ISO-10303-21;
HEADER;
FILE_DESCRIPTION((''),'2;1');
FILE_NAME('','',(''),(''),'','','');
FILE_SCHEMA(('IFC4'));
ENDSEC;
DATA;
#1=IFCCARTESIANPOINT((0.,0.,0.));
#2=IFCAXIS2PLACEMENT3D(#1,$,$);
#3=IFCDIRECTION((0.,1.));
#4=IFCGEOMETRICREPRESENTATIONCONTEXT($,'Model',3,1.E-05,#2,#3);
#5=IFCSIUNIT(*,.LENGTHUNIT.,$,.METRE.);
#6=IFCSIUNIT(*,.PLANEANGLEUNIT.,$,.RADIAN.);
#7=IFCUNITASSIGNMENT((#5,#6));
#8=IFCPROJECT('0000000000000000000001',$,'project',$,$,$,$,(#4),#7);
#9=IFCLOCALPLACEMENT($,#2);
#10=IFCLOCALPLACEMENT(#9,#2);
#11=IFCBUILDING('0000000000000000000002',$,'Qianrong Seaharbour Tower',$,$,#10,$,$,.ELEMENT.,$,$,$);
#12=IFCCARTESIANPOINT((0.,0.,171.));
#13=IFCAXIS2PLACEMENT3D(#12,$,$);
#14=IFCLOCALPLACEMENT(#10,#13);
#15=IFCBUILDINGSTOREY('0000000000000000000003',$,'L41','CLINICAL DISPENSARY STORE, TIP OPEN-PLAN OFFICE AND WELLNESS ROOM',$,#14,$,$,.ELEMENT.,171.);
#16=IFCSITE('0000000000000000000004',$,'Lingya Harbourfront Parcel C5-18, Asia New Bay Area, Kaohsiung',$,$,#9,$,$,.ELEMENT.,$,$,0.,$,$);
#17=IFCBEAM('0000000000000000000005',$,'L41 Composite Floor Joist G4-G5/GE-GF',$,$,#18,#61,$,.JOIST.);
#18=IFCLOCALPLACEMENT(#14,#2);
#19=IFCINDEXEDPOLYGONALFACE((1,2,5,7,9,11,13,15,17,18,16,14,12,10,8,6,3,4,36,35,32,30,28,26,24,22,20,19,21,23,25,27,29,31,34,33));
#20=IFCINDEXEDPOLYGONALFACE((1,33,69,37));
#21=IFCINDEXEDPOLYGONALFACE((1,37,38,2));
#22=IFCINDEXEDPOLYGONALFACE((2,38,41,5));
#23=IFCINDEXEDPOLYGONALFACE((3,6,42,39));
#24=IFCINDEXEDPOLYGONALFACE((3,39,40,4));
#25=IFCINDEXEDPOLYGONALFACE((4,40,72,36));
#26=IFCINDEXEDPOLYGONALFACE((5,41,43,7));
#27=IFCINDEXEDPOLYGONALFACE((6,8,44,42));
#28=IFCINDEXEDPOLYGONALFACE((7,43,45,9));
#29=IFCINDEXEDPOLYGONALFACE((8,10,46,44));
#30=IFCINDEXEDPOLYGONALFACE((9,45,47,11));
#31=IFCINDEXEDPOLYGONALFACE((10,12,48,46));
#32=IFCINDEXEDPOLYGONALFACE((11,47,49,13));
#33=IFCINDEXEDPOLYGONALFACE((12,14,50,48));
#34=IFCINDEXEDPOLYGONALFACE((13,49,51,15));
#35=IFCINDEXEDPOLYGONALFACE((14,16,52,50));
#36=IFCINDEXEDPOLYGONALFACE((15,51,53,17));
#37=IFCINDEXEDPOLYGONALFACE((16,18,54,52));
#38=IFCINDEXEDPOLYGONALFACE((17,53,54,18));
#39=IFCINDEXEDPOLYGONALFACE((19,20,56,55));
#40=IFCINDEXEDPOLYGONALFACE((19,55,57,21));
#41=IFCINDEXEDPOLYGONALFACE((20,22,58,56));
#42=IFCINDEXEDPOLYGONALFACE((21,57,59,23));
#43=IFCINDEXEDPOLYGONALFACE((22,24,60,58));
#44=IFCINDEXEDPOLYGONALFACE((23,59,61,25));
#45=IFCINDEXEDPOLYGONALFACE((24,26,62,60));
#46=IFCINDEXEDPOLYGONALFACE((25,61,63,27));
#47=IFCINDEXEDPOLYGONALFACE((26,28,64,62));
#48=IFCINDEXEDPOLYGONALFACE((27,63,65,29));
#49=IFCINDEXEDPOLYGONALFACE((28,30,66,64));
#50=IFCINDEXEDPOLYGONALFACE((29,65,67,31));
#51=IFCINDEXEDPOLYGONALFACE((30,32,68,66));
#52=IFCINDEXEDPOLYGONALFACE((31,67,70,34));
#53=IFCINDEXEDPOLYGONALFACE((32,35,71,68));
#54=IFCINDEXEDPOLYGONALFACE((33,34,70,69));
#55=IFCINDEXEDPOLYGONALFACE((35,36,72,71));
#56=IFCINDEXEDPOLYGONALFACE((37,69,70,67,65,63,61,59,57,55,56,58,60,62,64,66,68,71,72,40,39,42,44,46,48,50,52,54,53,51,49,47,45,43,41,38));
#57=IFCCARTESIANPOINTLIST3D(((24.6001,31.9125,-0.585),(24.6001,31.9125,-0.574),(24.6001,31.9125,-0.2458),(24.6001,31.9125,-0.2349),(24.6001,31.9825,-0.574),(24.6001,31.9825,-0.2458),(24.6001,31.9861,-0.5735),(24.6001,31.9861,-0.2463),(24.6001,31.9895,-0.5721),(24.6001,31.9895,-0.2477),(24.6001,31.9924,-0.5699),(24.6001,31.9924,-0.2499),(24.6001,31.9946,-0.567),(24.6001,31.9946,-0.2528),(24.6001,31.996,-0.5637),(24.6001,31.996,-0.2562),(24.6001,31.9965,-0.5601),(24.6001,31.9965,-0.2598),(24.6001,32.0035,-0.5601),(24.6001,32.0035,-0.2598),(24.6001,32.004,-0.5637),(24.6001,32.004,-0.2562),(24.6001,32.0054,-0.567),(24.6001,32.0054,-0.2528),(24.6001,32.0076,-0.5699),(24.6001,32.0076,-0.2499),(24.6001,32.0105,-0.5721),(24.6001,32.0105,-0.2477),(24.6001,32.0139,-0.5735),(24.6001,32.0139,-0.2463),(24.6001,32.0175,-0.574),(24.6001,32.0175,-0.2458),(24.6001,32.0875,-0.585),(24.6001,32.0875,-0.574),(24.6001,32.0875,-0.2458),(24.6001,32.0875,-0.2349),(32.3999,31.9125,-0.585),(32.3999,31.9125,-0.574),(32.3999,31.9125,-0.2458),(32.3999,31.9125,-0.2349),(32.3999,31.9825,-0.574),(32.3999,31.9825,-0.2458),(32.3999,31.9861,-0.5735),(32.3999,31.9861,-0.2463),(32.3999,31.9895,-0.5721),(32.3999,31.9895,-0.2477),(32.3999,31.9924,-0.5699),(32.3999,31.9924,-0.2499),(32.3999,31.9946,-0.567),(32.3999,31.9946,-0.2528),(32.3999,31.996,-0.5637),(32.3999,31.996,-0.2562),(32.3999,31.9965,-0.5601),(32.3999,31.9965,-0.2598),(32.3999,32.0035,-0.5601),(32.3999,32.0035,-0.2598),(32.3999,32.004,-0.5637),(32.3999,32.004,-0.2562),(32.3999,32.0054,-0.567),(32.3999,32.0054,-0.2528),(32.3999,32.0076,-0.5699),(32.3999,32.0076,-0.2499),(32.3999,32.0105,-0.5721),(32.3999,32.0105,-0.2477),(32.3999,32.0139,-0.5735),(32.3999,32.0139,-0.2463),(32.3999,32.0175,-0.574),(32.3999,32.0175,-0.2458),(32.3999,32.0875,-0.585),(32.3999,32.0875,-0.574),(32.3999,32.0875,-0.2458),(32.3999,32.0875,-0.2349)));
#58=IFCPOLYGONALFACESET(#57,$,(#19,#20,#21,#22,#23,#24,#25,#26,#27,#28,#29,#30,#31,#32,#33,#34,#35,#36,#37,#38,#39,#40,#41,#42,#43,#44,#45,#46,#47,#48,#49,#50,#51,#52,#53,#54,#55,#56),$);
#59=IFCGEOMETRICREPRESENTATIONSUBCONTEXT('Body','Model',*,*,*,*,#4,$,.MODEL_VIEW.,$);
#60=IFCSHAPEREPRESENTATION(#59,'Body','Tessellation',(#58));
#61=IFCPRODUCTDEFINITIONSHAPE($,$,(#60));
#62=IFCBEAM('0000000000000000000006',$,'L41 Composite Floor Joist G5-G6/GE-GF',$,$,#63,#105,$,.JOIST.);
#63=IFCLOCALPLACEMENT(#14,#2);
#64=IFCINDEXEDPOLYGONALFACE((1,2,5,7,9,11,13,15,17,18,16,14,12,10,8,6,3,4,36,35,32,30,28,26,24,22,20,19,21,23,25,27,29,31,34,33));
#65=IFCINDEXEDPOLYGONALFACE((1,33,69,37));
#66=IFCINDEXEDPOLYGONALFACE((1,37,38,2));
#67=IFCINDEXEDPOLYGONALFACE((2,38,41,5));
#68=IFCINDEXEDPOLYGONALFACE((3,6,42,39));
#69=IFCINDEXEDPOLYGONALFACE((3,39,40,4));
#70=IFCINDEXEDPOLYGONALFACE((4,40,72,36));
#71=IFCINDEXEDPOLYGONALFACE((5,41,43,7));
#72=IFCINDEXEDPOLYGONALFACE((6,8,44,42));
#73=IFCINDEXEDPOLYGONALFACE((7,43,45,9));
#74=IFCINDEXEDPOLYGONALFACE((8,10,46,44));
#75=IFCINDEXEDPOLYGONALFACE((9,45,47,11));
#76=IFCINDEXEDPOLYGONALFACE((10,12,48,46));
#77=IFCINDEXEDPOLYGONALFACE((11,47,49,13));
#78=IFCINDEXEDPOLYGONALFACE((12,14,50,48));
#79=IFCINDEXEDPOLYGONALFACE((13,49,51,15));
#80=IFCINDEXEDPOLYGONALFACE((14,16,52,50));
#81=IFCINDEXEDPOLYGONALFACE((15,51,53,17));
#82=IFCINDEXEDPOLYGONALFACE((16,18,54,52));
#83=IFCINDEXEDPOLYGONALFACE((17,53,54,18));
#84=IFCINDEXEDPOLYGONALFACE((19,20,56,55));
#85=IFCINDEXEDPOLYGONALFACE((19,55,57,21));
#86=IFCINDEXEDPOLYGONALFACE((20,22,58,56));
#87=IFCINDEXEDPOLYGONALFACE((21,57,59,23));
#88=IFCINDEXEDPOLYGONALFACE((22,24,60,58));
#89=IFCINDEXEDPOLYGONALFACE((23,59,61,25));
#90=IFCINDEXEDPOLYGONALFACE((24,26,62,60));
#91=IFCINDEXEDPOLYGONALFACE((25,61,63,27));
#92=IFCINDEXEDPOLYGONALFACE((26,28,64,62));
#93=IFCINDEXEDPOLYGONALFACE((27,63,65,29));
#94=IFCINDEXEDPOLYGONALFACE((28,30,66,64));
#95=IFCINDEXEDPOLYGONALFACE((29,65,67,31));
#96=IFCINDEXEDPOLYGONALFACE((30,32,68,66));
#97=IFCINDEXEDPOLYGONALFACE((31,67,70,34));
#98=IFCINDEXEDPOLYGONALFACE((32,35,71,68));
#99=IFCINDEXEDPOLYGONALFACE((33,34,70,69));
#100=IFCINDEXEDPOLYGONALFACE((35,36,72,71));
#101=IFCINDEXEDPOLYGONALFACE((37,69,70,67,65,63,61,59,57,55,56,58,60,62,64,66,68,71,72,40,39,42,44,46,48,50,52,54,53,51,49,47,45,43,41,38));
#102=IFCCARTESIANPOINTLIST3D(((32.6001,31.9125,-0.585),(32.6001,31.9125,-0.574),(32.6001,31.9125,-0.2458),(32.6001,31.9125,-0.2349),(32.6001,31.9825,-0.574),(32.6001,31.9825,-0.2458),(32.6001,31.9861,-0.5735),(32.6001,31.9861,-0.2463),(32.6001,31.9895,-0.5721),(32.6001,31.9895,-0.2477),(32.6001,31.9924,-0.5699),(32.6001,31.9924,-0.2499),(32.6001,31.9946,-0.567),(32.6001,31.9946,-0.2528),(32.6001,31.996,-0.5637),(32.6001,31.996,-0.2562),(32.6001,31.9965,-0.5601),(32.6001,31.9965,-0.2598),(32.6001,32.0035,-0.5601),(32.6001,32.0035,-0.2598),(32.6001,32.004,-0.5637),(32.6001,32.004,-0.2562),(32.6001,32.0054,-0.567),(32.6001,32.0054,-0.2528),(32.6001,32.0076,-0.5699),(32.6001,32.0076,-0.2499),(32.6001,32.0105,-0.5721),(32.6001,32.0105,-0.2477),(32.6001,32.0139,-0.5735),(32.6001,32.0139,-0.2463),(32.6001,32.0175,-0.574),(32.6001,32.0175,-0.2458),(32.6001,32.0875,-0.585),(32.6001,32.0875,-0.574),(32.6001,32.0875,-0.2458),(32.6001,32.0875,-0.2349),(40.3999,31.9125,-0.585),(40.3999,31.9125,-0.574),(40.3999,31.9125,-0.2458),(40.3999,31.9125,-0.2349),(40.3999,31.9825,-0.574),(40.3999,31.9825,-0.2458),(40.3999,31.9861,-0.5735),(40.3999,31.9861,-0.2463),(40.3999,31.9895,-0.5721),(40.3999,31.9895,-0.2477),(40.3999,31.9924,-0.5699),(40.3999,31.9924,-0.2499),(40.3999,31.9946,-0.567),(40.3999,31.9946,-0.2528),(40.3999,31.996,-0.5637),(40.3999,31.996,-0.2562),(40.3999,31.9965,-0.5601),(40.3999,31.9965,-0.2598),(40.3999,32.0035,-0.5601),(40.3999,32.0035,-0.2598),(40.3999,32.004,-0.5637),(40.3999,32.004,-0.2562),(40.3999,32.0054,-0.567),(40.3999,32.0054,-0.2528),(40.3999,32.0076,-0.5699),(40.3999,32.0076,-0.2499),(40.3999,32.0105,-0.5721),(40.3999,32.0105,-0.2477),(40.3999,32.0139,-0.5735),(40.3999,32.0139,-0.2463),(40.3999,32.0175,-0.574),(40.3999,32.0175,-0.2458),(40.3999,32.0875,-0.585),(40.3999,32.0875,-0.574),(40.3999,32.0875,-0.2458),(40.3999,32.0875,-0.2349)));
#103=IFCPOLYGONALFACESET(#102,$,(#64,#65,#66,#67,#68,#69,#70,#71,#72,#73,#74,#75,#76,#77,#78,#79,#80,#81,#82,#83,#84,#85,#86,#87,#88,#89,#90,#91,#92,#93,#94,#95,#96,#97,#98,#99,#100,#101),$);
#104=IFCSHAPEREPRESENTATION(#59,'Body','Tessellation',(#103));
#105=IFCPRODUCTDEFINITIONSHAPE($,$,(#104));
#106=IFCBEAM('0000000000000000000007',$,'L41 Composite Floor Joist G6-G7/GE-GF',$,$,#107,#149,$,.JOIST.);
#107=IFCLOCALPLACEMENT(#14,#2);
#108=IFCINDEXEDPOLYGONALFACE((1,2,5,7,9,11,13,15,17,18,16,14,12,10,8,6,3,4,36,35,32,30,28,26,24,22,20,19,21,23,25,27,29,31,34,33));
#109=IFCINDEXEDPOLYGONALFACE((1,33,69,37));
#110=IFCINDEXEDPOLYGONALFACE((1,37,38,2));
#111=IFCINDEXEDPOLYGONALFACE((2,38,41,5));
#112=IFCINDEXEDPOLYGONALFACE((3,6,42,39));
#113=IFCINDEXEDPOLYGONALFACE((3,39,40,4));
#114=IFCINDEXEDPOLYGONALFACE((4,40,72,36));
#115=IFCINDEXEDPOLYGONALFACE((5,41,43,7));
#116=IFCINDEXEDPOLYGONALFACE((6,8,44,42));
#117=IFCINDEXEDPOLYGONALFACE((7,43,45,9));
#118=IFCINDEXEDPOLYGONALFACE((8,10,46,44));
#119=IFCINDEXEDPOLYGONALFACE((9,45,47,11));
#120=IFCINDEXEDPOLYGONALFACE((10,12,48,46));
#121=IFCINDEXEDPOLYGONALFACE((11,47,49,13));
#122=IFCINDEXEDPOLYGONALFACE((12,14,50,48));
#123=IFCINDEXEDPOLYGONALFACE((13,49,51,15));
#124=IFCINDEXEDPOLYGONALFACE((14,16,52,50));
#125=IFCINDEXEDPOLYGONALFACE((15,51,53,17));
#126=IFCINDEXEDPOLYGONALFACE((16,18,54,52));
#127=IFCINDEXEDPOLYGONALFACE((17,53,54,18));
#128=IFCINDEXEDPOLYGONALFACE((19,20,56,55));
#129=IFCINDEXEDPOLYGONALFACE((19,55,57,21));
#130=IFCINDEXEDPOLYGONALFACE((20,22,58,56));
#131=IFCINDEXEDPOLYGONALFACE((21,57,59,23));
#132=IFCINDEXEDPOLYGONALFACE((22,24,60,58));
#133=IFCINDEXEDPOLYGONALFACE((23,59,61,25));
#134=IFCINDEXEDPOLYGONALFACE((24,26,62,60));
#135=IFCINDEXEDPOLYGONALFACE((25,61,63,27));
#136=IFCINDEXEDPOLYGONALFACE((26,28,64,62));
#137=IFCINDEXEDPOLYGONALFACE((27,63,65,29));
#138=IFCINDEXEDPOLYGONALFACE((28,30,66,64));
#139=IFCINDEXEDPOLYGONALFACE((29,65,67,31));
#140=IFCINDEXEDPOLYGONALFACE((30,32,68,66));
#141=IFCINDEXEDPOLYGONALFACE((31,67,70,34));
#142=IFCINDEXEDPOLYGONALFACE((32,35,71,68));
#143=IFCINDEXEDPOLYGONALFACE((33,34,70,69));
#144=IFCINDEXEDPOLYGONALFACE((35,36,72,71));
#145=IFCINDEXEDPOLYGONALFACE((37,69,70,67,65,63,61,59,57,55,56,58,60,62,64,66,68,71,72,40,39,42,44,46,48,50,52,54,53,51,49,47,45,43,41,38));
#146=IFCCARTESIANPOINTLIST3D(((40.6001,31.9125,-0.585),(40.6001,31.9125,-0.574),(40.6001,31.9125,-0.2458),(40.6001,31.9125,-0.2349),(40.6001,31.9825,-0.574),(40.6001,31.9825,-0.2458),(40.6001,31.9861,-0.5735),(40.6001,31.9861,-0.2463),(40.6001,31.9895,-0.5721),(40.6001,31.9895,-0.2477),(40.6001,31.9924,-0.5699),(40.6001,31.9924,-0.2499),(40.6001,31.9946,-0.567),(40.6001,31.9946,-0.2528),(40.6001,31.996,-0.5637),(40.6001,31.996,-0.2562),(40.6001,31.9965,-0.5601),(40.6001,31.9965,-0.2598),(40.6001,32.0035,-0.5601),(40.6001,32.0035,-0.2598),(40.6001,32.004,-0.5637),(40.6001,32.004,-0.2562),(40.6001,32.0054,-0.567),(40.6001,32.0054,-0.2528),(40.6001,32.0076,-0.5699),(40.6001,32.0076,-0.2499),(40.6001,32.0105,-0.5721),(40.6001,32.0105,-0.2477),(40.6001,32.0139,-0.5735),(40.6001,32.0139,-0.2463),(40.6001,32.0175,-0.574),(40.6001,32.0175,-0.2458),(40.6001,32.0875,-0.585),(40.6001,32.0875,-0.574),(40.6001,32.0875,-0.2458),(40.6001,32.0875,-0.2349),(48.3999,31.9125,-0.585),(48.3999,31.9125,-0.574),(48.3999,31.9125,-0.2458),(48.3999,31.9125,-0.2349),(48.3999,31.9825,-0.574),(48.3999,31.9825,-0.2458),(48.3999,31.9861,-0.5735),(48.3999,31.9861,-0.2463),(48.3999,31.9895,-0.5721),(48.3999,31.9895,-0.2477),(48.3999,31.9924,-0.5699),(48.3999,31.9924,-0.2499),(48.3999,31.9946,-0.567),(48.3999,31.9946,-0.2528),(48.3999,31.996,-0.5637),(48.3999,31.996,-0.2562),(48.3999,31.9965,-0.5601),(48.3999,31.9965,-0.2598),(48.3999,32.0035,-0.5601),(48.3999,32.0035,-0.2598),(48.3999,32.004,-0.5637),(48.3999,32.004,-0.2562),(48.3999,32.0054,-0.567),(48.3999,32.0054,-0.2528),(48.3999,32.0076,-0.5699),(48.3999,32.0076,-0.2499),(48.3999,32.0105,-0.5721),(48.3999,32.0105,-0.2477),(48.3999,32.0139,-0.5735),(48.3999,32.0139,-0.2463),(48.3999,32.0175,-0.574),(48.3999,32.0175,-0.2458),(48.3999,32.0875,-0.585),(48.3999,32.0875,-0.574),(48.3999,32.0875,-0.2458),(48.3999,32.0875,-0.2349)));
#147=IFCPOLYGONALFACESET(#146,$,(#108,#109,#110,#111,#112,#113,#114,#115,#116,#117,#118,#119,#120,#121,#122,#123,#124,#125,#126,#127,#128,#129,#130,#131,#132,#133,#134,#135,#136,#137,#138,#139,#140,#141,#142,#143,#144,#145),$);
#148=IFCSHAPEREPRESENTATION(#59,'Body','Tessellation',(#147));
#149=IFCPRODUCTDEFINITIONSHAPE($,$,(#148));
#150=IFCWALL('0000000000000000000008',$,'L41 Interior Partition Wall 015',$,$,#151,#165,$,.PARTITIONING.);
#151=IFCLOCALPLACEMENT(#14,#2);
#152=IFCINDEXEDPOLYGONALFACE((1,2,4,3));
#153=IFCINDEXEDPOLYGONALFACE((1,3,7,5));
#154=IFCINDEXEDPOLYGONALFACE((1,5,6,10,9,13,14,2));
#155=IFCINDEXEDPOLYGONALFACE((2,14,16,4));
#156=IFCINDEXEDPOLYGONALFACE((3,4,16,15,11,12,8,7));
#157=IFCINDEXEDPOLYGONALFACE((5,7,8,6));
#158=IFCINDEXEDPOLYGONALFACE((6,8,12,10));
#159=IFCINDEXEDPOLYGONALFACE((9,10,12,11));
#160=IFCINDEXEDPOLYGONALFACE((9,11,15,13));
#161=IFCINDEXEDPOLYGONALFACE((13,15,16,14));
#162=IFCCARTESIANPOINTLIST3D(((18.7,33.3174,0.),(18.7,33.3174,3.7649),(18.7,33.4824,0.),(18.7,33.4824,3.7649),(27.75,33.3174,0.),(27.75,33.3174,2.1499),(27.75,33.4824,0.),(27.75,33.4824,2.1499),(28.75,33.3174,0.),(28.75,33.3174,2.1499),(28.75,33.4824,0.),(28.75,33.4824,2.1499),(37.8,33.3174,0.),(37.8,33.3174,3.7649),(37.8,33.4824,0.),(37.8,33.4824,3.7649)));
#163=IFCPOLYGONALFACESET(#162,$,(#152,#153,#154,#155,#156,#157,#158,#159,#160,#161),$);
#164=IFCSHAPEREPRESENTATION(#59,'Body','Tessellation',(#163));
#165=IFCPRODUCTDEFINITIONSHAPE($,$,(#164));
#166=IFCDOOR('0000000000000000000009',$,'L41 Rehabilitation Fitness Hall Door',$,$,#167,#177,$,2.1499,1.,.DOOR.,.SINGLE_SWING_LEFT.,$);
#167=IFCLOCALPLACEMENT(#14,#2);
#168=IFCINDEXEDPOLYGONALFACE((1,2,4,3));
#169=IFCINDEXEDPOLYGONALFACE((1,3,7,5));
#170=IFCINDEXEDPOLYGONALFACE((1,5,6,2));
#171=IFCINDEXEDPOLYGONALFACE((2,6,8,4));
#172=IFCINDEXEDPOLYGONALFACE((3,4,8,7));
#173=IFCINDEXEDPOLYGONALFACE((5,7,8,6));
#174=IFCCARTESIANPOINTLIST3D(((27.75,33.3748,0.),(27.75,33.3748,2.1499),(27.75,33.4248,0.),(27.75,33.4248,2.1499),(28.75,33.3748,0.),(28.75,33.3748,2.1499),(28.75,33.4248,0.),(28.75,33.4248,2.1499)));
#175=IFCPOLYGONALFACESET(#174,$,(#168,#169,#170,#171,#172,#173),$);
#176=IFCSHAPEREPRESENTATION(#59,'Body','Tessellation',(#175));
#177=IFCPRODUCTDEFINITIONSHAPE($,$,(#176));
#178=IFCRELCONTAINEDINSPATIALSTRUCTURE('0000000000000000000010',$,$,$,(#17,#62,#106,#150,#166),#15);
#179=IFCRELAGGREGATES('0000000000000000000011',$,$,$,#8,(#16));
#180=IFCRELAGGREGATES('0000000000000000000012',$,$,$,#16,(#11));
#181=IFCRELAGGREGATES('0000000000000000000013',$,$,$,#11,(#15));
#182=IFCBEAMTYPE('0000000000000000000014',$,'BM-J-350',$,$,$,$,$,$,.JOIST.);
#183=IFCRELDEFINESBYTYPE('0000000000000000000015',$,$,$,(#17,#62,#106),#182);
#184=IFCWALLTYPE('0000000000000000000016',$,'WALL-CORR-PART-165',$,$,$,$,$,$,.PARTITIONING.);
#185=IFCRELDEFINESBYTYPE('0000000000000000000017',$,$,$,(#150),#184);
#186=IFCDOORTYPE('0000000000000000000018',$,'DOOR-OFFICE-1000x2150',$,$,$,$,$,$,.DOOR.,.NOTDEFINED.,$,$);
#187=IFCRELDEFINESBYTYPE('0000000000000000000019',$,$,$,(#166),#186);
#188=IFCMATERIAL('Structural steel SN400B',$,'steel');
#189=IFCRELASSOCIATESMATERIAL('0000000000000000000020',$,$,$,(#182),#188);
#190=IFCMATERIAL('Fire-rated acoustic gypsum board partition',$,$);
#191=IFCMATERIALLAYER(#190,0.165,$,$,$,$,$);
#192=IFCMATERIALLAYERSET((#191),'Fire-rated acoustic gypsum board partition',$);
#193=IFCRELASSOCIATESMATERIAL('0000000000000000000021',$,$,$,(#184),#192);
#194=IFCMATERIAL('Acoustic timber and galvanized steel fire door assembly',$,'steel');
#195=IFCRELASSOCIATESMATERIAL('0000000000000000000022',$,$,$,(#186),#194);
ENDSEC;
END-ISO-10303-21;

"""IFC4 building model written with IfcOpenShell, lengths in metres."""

from ifc_helpers import new_model, si_unit, direction, frame, frame_2d, origin, origin_2d, place, context, subcontext, project, spatial, rectangle, i_section, extrude, material, layer, layer_set, material_profile, profile_set, type_object, element, fill, save


model = new_model("IFC4")

# Units and contexts
model_context = context("Model", 3, precision=1e-05, world=origin(), true_north=direction((0.0, 1.0)))
body_context = subcontext(model_context, "Body", "Model", "MODEL_VIEW")
ifc_project = project(units=[si_unit("LENGTHUNIT", "METRE"), si_unit("PLANEANGLEUNIT", "RADIAN")], contexts=[model_context])

# Site, building, storey
site_placement = place(None, origin())
site = spatial("IfcSite", under=ifc_project, at=site_placement, Name="Lingya Harbourfront Parcel C5-18, Asia New Bay Area, Kaohsiung", CompositionType="ELEMENT", RefElevation=0.0)
building_placement = place(site_placement, origin())
building = spatial("IfcBuilding", under=site, at=building_placement, Name="Qianrong Seaharbour Tower", CompositionType="ELEMENT")
storey_placement = place(building_placement, frame((0.0, 0.0, 171.0)))
storey = spatial("IfcBuildingStorey", under=building, at=storey_placement, Name="L41", Description="CLINICAL DISPENSARY STORE, TIP OPEN-PLAN OFFICE AND WELLNESS ROOM", CompositionType="ELEMENT", Elevation=171.0)

# Beams
ifc_material_1 = material(Name="Structural steel SN400B", Category="steel")
ifc_material_profile_1 = material_profile(ifc_material_1, i_section(OverallWidth=0.175, OverallDepth=0.3501, WebThickness=0.0071, FlangeThickness=0.011, FilletRadius=0.0139, at=origin_2d()), Name="H350x175x7x11")
ifc_profile_set_1 = profile_set([ifc_material_profile_1], Name="Structural steel SN400B")
beam_type_1 = type_object("IfcBeamType", Name="BM-J-350", PredefinedType="JOIST", material=ifc_profile_set_1)
for number, where, z_axis, x_axis, name in (
    (1, (24.6001, 32.0, -0.4099), (1.0, 0.0, 0.0), (0.0, 1.0, 0.0), "L41 Composite Floor Joist G4-G5/GE-GF"),
    (2, (32.6001, 32.0, -0.4099), (1.0, 0.0, 0.0), (0.0, 1.0, 0.0), "L41 Composite Floor Joist G5-G6/GE-GF"),
    (3, (40.6001, 32.0, -0.4099), (1.0, 0.0, 0.0), (0.0, 1.0, 0.0), "L41 Composite Floor Joist G6-G7/GE-GF"),
):
    element("IfcBeam", number, at=place(storey_placement, frame(where, z_axis=z_axis, x_axis=x_axis)), inside=storey, type_object=beam_type_1, Name=name, PredefinedType="JOIST", context=body_context, shape_type="SweptSolid", body=[
        extrude(i_section(OverallWidth=0.175, OverallDepth=0.3501, WebThickness=0.0071, FlangeThickness=0.011, FilletRadius=0.0139, at=origin_2d()), origin(), (0.0, 0.0, 1.0), 7.7998),
    ])

# Wall, opening, door
ifc_material_2 = material(Name="Fire-rated acoustic gypsum board partition")
ifc_layer_1 = layer(ifc_material_2, 0.165)
ifc_layer_set_1 = layer_set([ifc_layer_1], Name="Fire-rated acoustic gypsum board partition")
wall_type_1 = type_object("IfcWallType", Name="WALL-CORR-PART-165", PredefinedType="PARTITIONING", material=ifc_layer_set_1)
wall_1_placement = place(storey_placement, frame((18.7, 33.3999, 0.0), z_axis=(0.0, 0.0, 1.0), x_axis=(1.0, 0.0, 0.0)))
wall_1 = element("IfcWall", 4, at=wall_1_placement, inside=storey, type_object=wall_type_1, Name="L41 Interior Partition Wall 015", PredefinedType="PARTITIONING", context=body_context, shape_type="SweptSolid", body=[
    extrude(rectangle(XDim=19.1001, YDim=0.165, at=frame_2d((9.55, 0.0))), origin(), (0.0, 0.0, 1.0), 3.7649),
])
opening_1_placement = place(wall_1_placement, frame((9.05, 0.0, 0.0)))
opening_1 = element("IfcOpeningElement", 5, at=opening_1_placement, cuts=wall_1, PredefinedType="OPENING", context=body_context, shape_type="SweptSolid", body=[
    extrude(rectangle(XDim=1.0, YDim=2.1499, at=frame_2d((0.5, 1.075))), frame((0.0, 0.0925, 0.0), z_axis=(0.0, -1.0, 0.0), x_axis=(1.0, 0.0, 0.0)), (0.0, 0.0, 1.0), 0.1851),
])
ifc_material_3 = material(Name="Acoustic timber and galvanized steel fire door assembly", Category="steel")
door_type = type_object("IfcDoorType", Name="DOOR-OFFICE-1000x2150", OperationType="NOTDEFINED", PredefinedType="DOOR", material=ifc_material_3)
door_1_placement = place(opening_1_placement, origin())
door_1 = element("IfcDoor", 6, at=door_1_placement, inside=storey, type_object=door_type, Name="L41 Rehabilitation Fitness Hall Door", OperationType="SINGLE_SWING_LEFT", OverallHeight=2.1499, OverallWidth=1.0, PredefinedType="DOOR", context=body_context, shape_type="SweptSolid", body=[
    extrude(rectangle(XDim=1.0, YDim=2.1499, at=frame_2d((0.5, 1.075))), frame((0.0, 0.0249, 0.0), z_axis=(0.0, -1.0, 0.0), x_axis=(1.0, 0.0, 0.0)), (0.0, 0.0, 1.0), 0.05),
])
fill(opening_1, door_1)

save(model, "model.ifc")
